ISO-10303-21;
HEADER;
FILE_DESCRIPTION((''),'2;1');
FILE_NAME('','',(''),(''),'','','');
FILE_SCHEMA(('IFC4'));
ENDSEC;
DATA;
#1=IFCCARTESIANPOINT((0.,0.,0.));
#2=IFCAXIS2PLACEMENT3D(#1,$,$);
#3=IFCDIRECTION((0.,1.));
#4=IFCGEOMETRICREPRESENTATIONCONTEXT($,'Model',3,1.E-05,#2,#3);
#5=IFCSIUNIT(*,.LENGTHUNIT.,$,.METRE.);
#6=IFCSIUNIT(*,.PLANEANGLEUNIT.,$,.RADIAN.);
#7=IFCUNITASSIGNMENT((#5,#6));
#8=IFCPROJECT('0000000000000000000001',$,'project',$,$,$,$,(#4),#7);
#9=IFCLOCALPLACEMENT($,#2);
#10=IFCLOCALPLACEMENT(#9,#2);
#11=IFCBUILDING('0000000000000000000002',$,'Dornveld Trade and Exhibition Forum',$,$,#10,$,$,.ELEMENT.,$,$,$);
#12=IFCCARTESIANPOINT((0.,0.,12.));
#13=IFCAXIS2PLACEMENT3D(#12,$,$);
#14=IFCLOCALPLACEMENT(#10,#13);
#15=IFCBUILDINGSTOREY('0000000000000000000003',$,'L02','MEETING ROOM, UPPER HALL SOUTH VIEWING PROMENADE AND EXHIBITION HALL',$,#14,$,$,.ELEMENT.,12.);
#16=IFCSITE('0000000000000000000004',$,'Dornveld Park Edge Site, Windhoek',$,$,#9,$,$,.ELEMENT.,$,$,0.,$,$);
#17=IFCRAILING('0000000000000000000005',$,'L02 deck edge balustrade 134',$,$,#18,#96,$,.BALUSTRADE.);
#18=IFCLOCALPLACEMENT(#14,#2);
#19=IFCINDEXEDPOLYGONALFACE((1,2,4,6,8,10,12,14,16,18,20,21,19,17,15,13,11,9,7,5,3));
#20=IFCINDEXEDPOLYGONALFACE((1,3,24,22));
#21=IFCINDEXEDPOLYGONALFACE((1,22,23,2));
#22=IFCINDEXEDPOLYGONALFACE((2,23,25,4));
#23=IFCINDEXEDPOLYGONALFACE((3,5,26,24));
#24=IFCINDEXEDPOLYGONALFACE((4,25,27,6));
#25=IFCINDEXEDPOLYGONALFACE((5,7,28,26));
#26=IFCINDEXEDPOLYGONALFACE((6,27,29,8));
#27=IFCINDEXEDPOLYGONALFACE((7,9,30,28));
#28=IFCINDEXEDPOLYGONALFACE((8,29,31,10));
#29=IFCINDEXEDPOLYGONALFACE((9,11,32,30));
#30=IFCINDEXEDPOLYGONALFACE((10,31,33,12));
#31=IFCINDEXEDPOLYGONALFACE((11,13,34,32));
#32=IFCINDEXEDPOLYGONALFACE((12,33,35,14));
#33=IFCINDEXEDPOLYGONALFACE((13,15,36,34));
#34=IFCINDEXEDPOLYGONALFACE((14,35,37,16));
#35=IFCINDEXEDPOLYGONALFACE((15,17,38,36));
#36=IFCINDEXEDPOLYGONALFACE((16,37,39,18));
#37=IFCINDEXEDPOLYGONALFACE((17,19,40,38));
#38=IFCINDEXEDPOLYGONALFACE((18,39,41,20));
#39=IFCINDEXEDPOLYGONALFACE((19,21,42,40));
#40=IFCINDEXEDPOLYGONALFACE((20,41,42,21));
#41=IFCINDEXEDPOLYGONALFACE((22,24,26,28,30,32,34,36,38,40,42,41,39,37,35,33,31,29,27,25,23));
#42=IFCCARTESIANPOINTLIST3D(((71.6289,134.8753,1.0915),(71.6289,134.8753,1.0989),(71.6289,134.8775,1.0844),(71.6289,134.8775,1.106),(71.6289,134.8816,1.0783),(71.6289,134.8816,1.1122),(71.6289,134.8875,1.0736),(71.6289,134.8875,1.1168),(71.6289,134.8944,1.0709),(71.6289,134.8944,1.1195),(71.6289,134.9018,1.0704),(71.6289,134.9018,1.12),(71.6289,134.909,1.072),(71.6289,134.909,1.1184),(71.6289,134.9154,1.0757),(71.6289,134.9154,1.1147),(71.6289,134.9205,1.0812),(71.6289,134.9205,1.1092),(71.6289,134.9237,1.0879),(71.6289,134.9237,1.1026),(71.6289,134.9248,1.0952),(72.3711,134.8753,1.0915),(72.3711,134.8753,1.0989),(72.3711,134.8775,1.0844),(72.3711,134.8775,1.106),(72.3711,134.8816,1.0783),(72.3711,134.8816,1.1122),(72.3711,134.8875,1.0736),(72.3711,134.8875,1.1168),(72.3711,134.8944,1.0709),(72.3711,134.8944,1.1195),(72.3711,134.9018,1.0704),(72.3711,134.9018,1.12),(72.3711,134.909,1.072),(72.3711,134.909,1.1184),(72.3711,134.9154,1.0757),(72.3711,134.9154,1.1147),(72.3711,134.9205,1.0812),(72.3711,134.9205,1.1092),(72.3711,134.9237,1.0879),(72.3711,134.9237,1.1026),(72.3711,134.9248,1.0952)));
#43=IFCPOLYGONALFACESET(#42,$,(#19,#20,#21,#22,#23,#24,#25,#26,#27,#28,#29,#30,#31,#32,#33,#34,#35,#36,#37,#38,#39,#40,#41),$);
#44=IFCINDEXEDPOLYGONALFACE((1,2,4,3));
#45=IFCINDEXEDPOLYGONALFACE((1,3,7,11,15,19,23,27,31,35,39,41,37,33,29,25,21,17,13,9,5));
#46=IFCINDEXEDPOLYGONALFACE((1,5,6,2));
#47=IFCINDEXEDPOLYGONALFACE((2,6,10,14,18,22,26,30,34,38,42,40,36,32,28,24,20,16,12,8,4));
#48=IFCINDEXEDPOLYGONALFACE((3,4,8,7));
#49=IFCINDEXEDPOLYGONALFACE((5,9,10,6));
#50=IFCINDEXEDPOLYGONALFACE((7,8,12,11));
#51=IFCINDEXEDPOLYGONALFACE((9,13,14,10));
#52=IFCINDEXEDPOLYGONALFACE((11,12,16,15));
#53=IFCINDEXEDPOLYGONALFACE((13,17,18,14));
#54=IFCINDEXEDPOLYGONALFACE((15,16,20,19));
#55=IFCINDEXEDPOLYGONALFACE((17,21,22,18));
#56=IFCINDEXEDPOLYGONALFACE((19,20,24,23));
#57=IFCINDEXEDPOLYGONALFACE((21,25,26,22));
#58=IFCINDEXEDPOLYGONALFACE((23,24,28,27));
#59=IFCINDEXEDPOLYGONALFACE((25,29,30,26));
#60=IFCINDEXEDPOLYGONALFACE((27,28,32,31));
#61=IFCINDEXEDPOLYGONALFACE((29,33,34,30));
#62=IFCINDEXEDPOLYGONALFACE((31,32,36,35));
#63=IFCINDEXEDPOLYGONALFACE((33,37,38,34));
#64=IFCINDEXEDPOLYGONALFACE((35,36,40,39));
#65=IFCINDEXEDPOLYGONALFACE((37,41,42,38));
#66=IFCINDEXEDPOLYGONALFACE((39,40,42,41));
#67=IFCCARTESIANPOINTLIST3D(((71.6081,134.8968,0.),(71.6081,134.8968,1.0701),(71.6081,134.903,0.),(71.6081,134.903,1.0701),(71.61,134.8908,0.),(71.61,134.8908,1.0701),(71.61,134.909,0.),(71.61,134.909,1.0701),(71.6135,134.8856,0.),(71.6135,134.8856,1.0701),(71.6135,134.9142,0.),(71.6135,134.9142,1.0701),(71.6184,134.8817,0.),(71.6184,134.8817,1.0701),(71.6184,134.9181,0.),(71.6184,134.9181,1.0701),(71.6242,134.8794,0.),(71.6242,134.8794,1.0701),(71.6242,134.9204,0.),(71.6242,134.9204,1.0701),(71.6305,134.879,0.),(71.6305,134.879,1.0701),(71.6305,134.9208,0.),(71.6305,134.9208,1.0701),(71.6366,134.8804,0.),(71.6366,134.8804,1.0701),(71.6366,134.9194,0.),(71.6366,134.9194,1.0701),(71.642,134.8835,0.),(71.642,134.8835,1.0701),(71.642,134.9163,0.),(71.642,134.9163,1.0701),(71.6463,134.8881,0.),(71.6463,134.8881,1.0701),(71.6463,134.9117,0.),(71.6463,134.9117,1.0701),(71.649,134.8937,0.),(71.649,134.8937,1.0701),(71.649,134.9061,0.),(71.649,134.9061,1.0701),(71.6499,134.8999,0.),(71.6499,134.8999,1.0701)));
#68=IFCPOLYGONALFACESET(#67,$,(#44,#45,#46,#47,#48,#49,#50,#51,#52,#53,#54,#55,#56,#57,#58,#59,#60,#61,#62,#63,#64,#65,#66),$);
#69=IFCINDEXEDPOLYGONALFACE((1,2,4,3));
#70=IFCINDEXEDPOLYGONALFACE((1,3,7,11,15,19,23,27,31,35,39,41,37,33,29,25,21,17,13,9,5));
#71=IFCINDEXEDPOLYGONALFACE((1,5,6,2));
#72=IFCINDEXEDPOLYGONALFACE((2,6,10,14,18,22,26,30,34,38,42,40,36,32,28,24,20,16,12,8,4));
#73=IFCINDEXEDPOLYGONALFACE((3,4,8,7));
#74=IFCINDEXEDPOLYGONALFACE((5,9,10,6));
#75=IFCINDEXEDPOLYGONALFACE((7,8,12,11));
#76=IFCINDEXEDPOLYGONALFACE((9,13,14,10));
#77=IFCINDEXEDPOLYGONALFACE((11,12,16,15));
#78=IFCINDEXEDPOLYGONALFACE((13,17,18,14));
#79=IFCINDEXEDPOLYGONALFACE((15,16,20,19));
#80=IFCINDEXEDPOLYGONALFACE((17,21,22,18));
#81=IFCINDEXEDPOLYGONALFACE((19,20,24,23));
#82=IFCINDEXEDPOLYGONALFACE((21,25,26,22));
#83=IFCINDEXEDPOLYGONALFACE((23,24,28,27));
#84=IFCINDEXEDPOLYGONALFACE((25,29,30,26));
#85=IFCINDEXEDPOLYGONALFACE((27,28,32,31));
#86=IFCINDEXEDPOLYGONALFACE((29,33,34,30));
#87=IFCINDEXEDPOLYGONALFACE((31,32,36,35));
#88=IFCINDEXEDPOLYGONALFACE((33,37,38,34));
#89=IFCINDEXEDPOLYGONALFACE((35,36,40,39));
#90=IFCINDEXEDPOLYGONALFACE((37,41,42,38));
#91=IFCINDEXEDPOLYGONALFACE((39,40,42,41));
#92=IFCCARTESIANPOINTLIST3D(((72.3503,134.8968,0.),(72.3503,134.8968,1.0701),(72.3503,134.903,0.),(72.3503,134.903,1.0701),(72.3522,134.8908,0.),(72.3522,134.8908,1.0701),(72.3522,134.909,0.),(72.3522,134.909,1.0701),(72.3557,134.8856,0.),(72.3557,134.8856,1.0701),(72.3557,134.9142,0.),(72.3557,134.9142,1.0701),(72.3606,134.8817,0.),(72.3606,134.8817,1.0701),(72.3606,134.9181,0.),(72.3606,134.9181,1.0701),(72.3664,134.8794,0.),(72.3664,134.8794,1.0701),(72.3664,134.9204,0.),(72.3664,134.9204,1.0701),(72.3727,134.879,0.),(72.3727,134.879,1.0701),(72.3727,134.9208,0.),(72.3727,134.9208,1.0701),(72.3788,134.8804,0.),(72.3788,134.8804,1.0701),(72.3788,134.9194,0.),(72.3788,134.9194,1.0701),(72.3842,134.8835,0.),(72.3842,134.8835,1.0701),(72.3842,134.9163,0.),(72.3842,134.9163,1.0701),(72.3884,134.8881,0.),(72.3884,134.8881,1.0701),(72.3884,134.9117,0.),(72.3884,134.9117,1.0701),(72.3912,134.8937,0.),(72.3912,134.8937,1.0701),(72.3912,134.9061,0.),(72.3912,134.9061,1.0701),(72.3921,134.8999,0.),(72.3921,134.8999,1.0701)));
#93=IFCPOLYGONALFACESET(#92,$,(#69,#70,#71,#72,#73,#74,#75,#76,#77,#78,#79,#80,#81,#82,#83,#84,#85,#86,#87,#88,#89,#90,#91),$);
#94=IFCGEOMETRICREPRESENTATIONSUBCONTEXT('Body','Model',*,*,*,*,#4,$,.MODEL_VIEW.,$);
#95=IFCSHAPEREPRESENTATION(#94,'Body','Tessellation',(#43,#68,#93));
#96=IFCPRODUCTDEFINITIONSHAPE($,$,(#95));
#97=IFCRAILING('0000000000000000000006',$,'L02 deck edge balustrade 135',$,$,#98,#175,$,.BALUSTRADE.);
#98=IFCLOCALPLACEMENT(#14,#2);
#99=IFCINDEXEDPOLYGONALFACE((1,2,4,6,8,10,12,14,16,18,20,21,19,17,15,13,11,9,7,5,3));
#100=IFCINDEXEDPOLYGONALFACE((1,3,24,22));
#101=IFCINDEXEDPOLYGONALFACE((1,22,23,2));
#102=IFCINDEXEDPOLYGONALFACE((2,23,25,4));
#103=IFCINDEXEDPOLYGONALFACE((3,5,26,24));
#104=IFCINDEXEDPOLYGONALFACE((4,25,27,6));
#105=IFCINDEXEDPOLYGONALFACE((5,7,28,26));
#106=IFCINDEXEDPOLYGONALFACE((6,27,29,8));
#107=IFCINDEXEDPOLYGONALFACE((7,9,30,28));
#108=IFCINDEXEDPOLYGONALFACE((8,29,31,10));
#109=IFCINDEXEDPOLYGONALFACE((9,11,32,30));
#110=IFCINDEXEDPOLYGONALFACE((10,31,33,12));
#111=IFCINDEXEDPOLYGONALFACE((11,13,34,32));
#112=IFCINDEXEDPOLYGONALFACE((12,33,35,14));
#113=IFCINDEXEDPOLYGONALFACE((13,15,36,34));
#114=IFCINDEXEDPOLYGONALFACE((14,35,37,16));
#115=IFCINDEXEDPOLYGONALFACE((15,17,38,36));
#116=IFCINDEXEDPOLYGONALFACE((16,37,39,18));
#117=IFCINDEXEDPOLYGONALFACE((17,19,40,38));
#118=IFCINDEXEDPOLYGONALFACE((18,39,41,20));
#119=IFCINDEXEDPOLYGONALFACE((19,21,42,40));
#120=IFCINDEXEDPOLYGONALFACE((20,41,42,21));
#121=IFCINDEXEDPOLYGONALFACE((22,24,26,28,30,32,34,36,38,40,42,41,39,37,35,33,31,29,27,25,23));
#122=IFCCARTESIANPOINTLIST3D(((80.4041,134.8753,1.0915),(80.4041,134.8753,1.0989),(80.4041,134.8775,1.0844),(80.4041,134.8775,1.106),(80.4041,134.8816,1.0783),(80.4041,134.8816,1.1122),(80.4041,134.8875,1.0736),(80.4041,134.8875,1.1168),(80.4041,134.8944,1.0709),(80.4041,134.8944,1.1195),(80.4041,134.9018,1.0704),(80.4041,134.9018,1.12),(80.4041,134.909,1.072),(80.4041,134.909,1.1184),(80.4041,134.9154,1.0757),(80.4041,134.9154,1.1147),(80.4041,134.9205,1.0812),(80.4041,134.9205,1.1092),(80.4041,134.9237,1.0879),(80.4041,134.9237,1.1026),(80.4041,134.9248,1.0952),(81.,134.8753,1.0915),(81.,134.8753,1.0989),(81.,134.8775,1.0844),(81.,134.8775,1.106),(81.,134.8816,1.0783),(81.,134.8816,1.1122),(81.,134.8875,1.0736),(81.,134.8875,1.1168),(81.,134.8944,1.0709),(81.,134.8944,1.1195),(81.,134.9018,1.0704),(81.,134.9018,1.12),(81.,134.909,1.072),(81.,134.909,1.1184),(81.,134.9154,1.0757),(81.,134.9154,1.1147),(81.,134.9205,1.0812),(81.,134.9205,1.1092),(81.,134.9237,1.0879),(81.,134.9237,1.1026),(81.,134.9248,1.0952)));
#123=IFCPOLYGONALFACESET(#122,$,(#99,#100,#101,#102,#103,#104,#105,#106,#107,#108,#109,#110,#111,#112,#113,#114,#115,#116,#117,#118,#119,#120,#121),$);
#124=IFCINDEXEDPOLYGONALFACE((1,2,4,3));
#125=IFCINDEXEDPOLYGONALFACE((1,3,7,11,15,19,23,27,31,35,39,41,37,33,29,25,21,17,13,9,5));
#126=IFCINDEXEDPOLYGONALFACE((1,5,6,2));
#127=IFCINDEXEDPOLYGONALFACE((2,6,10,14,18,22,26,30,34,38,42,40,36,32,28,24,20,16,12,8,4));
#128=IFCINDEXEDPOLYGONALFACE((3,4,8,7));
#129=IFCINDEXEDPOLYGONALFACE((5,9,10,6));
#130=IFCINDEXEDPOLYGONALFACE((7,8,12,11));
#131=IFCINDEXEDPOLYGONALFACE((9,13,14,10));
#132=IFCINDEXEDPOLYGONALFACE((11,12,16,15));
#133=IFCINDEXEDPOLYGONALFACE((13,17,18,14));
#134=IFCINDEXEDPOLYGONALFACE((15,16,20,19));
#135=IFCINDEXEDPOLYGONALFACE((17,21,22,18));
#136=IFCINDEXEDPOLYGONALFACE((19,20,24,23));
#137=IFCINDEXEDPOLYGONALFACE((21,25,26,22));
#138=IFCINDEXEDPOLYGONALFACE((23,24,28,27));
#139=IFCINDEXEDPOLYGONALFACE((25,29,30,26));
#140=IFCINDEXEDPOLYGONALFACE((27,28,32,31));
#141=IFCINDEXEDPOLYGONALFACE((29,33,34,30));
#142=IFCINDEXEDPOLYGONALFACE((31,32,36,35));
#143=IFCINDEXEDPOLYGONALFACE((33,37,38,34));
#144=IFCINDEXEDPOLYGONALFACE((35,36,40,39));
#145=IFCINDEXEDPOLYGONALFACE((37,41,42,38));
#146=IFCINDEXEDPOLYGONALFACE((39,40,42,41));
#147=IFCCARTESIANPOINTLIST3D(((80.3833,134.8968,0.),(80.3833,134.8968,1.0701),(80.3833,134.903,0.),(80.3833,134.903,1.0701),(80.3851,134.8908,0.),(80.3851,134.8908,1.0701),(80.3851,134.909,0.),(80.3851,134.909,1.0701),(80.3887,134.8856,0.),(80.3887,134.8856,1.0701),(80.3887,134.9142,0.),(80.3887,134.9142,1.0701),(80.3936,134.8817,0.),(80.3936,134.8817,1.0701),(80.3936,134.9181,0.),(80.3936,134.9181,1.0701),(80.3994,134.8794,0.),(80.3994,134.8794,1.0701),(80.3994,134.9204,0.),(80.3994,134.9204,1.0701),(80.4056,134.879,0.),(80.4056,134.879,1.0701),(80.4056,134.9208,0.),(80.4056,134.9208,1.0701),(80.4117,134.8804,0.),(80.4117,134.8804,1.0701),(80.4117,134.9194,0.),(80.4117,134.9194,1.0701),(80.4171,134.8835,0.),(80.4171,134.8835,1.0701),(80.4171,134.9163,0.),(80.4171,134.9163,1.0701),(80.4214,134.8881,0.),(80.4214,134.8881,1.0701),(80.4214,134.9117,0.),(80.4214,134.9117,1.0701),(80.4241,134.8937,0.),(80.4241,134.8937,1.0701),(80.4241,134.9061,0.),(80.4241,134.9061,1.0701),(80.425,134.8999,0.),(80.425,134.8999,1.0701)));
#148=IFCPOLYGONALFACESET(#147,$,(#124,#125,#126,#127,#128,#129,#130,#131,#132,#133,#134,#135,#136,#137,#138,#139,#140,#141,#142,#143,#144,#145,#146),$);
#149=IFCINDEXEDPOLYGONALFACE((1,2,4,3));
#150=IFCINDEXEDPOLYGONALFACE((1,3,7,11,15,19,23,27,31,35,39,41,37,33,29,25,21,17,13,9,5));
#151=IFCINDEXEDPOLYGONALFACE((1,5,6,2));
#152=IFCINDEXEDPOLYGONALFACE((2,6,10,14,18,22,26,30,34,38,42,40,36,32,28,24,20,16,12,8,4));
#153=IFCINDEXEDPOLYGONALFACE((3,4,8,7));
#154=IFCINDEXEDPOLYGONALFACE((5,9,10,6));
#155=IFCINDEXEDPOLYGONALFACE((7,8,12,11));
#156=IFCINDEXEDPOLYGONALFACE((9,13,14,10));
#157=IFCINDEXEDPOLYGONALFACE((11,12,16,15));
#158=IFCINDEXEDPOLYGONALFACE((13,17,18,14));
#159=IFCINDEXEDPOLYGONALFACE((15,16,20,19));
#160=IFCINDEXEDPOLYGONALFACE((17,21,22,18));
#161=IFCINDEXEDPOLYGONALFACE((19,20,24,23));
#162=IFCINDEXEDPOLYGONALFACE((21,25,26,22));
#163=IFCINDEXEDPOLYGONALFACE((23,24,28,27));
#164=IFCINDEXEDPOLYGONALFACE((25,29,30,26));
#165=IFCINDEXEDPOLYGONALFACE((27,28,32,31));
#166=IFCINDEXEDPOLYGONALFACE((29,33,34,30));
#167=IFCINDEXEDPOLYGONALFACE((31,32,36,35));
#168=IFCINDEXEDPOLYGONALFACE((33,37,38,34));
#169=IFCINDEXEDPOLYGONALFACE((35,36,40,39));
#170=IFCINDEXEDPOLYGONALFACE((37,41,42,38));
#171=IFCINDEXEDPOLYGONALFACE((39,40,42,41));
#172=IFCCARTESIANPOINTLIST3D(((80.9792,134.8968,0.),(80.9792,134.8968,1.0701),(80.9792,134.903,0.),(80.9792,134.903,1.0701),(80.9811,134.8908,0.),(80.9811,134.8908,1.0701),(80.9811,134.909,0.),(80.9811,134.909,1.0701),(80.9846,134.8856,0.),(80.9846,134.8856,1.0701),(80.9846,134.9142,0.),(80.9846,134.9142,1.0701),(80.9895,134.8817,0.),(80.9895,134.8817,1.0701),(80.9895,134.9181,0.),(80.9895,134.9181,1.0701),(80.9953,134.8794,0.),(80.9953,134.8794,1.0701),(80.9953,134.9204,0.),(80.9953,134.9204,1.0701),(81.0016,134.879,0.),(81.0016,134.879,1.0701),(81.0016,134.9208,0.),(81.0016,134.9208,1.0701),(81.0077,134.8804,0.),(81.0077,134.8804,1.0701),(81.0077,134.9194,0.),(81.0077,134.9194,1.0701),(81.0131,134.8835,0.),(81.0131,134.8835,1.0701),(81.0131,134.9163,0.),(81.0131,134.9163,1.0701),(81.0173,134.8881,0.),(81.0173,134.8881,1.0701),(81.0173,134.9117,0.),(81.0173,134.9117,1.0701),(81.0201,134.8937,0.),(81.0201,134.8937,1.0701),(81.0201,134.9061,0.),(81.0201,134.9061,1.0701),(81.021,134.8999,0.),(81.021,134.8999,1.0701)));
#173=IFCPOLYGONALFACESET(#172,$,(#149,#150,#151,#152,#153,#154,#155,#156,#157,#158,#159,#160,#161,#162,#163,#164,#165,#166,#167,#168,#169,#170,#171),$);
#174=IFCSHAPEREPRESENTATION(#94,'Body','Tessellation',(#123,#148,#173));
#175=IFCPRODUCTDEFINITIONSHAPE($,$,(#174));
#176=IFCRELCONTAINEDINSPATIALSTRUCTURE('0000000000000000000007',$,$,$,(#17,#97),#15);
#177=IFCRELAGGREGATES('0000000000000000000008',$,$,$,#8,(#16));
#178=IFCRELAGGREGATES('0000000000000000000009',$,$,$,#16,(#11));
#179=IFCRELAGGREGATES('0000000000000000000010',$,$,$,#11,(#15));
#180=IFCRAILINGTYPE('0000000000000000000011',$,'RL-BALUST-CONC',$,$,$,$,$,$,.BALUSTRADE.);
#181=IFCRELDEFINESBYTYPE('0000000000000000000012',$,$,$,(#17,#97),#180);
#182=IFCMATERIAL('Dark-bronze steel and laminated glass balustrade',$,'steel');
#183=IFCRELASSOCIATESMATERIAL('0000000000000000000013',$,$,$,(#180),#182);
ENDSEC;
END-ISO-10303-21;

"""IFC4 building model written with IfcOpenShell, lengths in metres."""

from ifc_helpers import new_model, si_unit, direction, frame, origin, origin_2d, place, context, subcontext, project, spatial, circle, extrude, material, type_object, element, save


model = new_model("IFC4")

# Units and contexts
model_context = context("Model", 3, precision=1e-05, world=origin(), true_north=direction((0.0, 1.0)))
body_context = subcontext(model_context, "Body", "Model", "MODEL_VIEW")
ifc_project = project(units=[si_unit("LENGTHUNIT", "METRE"), si_unit("PLANEANGLEUNIT", "RADIAN")], contexts=[model_context])

# Site, building, storey
site_placement = place(None, origin())
site = spatial("IfcSite", under=ifc_project, at=site_placement, Name="Dornveld Park Edge Site, Windhoek", CompositionType="ELEMENT", RefElevation=0.0)
building_placement = place(site_placement, origin())
building = spatial("IfcBuilding", under=site, at=building_placement, Name="Dornveld Trade and Exhibition Forum", CompositionType="ELEMENT")
storey_placement = place(building_placement, frame((0.0, 0.0, 12.0)))
storey = spatial("IfcBuildingStorey", under=building, at=storey_placement, Name="L02", Description="MEETING ROOM, UPPER HALL SOUTH VIEWING PROMENADE AND EXHIBITION HALL", CompositionType="ELEMENT", Elevation=12.0)

# Railings
ifc_material_1 = material(Name="Dark-bronze steel and laminated glass balustrade", Category="steel")
railing_type = type_object("IfcRailingType", Name="RL-BALUST-CONC", PredefinedType="BALUSTRADE", material=ifc_material_1)
railing_1_placement = place(storey_placement, frame((71.6289, 134.8999, 0.0)))
element("IfcRailing", 1, at=railing_1_placement, inside=storey, type_object=railing_type, Name="L02 deck edge balustrade 134", PredefinedType="BALUSTRADE", context=body_context, shape_type="SweptSolid", body=[
    extrude(circle(Radius=0.0249, at=origin_2d()), frame((0.0, 0.0, 1.0952), z_axis=(1.0, 0.0, 0.0), x_axis=(0.0, 1.0, 0.0)), (0.0, 0.0, 1.0), 0.7422),
    extrude(circle(Radius=0.021, at=origin_2d()), origin(), (0.0, 0.0, 1.0), 1.0701),
    extrude(circle(Radius=0.021, at=origin_2d()), frame((0.7422, 0.0, 0.0)), (0.0, 0.0, 1.0), 1.0701),
])
railing_2_placement = place(storey_placement, frame((80.4041, 134.8999, 0.0)))
element("IfcRailing", 2, at=railing_2_placement, inside=storey, type_object=railing_type, Name="L02 deck edge balustrade 135", PredefinedType="BALUSTRADE", context=body_context, shape_type="SweptSolid", body=[
    extrude(circle(Radius=0.0249, at=origin_2d()), frame((0.0, 0.0, 1.0952), z_axis=(1.0, 0.0, 0.0), x_axis=(0.0, 1.0, 0.0)), (0.0, 0.0, 1.0), 0.5959),
    extrude(circle(Radius=0.021, at=origin_2d()), origin(), (0.0, 0.0, 1.0), 1.0701),
    extrude(circle(Radius=0.021, at=origin_2d()), frame((0.5959, 0.0, 0.0)), (0.0, 0.0, 1.0), 1.0701),
])

save(model, "model.ifc")
